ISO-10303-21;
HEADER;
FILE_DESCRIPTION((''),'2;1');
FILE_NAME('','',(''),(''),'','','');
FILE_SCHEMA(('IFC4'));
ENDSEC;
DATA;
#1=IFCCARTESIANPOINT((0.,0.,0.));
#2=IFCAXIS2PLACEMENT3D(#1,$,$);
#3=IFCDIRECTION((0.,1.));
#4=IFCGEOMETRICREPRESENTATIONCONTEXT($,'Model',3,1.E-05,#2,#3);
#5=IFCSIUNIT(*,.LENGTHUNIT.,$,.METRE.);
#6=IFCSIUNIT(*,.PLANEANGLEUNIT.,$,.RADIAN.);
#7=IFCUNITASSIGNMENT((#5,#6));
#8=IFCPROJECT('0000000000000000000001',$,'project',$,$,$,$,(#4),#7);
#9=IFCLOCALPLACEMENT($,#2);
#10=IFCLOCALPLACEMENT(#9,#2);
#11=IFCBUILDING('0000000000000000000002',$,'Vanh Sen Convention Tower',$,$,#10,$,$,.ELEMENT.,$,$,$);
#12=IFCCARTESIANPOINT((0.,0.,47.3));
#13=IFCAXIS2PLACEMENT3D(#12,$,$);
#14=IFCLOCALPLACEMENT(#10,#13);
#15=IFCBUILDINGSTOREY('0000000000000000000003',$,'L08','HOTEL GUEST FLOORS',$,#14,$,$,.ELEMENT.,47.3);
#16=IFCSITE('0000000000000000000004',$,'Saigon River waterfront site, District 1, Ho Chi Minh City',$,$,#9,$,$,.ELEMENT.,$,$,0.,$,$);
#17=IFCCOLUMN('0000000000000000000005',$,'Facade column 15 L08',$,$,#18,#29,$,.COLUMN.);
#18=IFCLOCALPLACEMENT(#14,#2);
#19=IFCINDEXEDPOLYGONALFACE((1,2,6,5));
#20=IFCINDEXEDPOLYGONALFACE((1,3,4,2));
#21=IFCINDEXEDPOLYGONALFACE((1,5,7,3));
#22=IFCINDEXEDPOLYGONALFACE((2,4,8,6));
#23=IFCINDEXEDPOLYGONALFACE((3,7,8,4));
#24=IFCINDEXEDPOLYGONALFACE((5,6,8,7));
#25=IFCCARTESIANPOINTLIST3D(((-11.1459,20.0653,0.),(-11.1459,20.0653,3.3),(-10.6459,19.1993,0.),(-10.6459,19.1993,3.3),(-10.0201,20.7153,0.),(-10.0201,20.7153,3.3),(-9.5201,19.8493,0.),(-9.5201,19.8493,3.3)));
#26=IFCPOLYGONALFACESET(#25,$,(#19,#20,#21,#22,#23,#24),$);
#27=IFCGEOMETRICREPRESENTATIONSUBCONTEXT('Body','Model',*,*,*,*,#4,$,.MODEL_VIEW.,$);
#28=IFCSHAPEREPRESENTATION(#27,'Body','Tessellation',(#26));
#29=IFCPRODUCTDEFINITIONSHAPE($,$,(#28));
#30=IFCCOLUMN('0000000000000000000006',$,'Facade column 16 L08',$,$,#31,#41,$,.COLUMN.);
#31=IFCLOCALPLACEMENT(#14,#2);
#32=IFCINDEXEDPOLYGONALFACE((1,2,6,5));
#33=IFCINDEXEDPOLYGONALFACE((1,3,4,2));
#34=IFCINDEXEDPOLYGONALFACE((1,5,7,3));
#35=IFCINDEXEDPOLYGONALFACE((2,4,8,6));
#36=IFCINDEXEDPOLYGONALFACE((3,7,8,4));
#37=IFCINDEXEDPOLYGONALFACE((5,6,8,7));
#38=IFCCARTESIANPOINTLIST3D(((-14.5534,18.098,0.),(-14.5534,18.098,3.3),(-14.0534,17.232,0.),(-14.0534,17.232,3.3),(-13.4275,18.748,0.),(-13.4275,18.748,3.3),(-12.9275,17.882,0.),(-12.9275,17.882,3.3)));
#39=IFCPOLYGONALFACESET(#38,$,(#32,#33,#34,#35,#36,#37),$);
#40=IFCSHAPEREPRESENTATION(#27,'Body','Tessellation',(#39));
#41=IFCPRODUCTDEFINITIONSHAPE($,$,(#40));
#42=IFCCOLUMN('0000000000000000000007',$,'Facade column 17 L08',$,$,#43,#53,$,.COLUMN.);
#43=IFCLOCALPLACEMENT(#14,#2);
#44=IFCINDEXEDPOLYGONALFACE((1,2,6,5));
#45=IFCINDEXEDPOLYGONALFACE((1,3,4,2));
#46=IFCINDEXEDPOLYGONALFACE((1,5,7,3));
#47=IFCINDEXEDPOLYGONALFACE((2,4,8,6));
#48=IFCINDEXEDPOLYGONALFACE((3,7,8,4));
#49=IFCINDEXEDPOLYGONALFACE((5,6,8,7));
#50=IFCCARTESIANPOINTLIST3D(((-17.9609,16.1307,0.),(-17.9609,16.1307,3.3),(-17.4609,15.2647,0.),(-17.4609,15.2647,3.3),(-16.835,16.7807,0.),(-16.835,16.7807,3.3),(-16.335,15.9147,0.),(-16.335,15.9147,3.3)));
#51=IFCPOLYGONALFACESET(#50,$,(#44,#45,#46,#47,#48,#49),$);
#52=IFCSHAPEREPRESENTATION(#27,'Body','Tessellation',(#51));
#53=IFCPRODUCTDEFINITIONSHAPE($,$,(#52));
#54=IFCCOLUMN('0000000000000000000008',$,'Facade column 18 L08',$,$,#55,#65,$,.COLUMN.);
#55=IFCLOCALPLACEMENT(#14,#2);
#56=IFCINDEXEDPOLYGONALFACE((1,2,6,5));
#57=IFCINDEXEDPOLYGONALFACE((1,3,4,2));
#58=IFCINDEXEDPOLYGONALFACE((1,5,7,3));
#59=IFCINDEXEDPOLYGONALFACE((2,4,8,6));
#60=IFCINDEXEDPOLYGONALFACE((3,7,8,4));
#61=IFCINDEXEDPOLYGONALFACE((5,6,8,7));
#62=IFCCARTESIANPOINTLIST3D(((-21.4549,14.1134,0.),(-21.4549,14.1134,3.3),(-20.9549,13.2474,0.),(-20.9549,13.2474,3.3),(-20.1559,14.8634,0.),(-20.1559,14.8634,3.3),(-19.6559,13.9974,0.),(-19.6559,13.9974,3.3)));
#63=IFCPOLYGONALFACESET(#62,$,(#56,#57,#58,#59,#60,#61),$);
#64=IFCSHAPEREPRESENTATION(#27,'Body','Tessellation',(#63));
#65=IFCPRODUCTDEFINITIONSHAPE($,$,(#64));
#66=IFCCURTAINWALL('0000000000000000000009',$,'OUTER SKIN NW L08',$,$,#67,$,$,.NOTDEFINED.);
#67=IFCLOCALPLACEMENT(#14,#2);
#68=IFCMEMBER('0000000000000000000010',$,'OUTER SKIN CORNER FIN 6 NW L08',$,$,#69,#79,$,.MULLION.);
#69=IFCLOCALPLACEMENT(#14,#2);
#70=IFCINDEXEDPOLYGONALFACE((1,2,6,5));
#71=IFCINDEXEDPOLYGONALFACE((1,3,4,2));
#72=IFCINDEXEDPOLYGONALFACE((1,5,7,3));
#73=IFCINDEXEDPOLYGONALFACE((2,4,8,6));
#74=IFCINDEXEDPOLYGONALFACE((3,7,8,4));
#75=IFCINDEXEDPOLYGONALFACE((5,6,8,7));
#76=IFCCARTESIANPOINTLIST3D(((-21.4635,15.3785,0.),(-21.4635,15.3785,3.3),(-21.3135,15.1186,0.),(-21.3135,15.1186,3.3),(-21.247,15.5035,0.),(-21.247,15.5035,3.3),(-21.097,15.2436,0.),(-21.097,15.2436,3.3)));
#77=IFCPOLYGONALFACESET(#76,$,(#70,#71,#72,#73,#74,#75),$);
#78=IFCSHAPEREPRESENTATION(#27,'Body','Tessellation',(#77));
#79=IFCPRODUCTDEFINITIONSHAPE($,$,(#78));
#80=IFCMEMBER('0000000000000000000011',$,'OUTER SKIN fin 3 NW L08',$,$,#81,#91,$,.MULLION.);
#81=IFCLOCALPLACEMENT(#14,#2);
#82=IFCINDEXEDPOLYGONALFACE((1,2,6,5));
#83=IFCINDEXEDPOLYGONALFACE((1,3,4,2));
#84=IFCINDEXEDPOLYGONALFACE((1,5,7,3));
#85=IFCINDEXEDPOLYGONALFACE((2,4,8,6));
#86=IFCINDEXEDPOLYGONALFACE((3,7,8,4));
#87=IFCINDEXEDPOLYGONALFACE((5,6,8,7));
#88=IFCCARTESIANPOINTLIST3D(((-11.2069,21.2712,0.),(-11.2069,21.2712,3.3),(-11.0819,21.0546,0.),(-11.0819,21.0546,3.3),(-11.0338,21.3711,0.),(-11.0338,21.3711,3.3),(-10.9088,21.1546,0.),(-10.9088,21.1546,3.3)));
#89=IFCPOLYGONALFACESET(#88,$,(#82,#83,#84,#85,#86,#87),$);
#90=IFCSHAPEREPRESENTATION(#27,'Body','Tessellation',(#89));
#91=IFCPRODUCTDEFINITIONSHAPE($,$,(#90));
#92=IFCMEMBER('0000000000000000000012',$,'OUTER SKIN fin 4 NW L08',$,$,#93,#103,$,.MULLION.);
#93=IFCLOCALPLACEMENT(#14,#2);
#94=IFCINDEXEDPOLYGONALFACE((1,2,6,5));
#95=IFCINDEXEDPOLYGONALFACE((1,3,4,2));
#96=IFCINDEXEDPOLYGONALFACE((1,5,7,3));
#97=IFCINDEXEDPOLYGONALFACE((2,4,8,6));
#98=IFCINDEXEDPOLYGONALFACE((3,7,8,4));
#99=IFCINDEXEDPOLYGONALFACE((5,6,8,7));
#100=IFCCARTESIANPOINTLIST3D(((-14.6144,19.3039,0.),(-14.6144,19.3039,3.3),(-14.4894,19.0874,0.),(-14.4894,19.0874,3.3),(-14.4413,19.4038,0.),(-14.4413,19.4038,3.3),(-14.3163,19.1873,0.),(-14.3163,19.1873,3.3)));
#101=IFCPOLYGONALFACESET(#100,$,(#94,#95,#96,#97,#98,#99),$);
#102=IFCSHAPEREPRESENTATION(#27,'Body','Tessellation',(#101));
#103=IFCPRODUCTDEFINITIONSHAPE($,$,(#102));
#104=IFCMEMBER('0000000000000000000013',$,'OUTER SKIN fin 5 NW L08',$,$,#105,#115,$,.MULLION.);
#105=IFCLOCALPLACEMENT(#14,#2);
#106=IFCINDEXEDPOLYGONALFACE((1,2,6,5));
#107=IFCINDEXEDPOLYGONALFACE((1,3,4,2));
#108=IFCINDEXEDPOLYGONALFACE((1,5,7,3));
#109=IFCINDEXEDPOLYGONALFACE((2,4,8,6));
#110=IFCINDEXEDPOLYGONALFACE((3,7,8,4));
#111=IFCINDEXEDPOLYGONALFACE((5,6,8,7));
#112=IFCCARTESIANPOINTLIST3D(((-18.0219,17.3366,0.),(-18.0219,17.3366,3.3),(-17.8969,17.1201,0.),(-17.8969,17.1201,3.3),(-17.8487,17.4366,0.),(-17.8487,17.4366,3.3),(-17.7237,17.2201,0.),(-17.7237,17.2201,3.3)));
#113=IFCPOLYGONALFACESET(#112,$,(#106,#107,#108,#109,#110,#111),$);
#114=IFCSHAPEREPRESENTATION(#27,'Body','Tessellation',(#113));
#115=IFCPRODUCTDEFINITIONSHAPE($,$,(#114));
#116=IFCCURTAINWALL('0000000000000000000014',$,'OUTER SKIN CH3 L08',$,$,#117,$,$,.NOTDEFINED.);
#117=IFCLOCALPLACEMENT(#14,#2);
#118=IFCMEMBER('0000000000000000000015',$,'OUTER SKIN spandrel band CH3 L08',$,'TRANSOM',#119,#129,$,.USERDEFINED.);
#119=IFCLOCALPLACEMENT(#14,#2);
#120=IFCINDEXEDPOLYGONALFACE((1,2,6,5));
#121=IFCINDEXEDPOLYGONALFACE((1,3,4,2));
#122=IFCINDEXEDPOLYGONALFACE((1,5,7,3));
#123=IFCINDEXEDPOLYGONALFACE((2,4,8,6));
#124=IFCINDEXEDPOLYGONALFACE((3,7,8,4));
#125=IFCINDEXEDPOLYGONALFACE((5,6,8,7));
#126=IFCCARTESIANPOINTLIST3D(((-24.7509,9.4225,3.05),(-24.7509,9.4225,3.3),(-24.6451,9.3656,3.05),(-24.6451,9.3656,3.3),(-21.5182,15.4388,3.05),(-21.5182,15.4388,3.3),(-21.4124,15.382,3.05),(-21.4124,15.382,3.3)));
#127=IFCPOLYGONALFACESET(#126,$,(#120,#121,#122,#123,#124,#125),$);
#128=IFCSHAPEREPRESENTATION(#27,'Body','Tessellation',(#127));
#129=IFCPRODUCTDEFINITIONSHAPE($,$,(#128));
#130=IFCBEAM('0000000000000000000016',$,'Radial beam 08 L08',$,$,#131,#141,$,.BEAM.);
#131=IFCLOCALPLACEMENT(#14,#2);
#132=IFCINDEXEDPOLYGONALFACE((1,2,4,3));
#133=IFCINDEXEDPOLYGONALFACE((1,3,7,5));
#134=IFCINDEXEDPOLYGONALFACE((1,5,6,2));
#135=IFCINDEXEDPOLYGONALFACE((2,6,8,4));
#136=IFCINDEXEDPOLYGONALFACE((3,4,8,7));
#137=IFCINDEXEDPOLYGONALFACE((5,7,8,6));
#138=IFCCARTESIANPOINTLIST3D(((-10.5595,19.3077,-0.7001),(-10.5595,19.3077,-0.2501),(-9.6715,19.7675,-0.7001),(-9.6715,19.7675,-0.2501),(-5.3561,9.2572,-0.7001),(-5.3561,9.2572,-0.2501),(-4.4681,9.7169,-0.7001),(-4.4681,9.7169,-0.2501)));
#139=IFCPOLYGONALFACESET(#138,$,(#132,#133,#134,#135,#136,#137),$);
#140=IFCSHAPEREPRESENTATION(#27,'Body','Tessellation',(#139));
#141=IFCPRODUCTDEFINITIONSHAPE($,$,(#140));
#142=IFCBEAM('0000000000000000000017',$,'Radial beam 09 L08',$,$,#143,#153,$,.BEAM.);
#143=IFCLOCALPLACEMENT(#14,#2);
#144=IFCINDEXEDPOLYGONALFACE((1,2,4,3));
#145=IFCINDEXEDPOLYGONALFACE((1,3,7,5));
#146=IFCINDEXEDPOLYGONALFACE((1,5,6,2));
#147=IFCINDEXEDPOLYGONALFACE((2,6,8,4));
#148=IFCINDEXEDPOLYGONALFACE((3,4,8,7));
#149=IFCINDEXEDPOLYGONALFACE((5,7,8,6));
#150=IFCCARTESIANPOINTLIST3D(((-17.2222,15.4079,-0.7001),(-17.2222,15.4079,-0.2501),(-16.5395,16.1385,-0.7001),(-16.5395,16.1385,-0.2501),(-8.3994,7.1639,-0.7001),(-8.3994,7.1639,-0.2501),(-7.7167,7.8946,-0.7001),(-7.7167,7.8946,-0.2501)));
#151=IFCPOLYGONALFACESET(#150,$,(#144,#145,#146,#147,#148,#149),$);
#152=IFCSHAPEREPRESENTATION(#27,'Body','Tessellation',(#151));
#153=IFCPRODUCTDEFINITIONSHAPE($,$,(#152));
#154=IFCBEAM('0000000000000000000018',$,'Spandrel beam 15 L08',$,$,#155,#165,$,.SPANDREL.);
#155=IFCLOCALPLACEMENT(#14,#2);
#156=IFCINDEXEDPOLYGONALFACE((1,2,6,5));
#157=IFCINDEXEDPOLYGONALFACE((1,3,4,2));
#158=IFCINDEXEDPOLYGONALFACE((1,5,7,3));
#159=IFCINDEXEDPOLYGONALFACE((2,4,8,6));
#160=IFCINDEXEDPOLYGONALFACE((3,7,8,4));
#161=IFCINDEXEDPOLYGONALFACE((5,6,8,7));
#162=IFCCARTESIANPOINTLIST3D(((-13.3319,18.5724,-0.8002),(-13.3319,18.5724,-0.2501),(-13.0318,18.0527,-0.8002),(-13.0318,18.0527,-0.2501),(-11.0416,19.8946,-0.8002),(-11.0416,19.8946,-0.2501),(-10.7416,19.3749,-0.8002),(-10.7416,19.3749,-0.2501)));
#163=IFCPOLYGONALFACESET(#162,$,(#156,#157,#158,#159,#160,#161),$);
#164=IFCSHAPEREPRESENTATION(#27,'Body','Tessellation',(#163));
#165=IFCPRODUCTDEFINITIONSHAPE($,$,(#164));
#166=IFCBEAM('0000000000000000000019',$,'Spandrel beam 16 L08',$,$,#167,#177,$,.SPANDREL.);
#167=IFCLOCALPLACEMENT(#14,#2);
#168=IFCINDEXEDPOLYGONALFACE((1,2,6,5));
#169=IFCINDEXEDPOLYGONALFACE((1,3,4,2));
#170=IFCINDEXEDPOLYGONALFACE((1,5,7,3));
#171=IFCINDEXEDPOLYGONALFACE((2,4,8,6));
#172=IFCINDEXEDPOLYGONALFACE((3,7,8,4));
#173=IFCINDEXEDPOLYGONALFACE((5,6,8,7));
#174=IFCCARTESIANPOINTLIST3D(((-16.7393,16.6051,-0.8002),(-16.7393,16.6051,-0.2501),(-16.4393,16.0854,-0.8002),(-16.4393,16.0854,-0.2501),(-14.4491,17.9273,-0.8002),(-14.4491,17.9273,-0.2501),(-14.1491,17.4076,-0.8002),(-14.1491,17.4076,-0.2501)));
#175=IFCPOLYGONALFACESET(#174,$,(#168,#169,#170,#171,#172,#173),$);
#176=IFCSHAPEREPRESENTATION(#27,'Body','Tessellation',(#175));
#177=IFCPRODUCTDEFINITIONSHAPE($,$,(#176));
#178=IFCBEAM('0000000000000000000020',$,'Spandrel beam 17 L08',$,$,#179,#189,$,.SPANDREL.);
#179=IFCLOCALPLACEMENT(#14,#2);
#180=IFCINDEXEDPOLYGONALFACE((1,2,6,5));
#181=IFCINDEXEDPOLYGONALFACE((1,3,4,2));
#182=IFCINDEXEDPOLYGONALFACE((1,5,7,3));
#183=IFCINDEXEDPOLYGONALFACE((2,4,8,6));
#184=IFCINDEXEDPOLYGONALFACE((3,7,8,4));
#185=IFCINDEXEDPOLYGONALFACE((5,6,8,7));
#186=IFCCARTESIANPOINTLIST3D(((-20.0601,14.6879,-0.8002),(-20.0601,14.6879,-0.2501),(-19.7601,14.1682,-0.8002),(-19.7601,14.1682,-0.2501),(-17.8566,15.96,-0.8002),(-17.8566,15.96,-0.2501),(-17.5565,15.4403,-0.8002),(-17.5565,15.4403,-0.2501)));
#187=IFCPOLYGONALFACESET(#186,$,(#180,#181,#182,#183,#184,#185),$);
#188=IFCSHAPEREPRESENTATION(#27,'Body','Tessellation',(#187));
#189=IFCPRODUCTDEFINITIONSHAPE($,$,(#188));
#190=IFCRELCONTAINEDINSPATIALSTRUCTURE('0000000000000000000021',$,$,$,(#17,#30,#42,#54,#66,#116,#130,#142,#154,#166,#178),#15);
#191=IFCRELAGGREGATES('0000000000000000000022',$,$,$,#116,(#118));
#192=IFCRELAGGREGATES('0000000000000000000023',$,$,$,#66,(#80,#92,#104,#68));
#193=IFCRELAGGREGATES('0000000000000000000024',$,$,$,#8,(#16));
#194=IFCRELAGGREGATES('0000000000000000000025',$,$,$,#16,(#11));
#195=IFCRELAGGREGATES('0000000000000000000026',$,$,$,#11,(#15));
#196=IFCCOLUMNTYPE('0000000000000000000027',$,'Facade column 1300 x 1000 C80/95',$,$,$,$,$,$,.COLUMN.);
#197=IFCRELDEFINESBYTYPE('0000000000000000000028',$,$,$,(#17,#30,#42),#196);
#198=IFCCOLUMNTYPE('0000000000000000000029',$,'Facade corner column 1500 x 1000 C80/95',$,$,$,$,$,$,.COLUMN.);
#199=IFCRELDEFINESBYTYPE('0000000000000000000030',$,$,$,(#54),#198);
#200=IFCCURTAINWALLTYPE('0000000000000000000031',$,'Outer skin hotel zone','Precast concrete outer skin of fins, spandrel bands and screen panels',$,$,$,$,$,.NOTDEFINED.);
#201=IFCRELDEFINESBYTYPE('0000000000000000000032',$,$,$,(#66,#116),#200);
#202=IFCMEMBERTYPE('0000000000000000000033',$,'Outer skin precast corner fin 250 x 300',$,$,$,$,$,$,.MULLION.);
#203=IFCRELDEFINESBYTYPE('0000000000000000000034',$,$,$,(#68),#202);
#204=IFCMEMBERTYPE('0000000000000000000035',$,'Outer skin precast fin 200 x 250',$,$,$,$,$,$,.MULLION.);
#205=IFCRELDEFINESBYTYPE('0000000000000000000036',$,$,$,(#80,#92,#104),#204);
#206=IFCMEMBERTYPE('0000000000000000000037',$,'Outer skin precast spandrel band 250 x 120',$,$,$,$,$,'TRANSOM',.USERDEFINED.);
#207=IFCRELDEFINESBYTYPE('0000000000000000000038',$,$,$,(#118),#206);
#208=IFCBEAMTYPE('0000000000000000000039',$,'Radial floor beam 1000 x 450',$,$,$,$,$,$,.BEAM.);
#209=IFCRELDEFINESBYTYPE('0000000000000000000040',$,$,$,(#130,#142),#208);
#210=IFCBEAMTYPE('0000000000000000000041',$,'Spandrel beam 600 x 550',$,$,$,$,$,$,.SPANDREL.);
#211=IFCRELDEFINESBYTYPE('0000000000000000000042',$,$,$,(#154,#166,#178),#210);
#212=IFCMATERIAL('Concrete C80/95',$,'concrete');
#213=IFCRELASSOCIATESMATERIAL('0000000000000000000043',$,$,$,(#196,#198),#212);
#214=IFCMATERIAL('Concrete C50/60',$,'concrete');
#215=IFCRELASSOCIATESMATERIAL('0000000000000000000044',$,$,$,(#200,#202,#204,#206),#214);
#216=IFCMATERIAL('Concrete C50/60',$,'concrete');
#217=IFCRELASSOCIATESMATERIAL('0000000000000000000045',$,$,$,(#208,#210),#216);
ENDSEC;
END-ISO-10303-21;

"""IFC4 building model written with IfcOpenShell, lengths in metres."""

from ifc_helpers import new_model, si_unit, direction, frame, origin, origin_2d, place, context, subcontext, project, spatial, rectangle, extrude, material, material_profile, profile_set, type_object, element, aggregate, save


model = new_model("IFC4")

# Units and contexts
model_context = context("Model", 3, precision=1e-05, world=origin(), true_north=direction((0.0, 1.0)))
body_context = subcontext(model_context, "Body", "Model", "MODEL_VIEW")
ifc_project = project(units=[si_unit("LENGTHUNIT", "METRE"), si_unit("PLANEANGLEUNIT", "RADIAN")], contexts=[model_context])

# Site, building, storey
site_placement = place(None, origin())
site = spatial("IfcSite", under=ifc_project, at=site_placement, Name="Saigon River waterfront site, District 1, Ho Chi Minh City", CompositionType="ELEMENT", RefElevation=0.0)
building_placement = place(site_placement, origin())
building = spatial("IfcBuilding", under=site, at=building_placement, Name="Vanh Sen Convention Tower", CompositionType="ELEMENT")
storey_placement = place(building_placement, frame((0.0, 0.0, 47.3)))
storey = spatial("IfcBuildingStorey", under=building, at=storey_placement, Name="L08", Description="HOTEL GUEST FLOORS", CompositionType="ELEMENT", Elevation=47.3)

# Columns
ifc_material_1 = material(Name="Concrete C80/95", Category="concrete")
ifc_material_profile_1 = material_profile(ifc_material_1, rectangle(XDim=1.3, YDim=1.0, at=origin_2d()), Name="RC 1300X1000")
ifc_profile_set_1 = profile_set([ifc_material_profile_1], Name="Concrete C80/95")
column_type_1 = type_object("IfcColumnType", Name="Facade column 1300 x 1000 C80/95", PredefinedType="COLUMN", material=ifc_profile_set_1)
for number, where, z_axis, x_axis, name in (
    (1, (-10.333, 19.9573, 0.0), (0.0, 0.0, 1.0), (-0.866025, -0.5, 0.0), "Facade column 15 L08"),
    (2, (-13.7405, 17.99, 0.0), (0.0, 0.0, 1.0), (-0.866025, -0.5, 0.0), "Facade column 16 L08"),
    (3, (-17.1479, 16.0227, 0.0), (0.0, 0.0, 1.0), (-0.866025, -0.5, 0.0), "Facade column 17 L08"),
):
    element("IfcColumn", number, at=place(storey_placement, frame(where, z_axis=z_axis, x_axis=x_axis)), inside=storey, type_object=column_type_1, Name=name, PredefinedType="COLUMN", context=body_context, shape_type="SweptSolid", body=[
        extrude(rectangle(XDim=1.3, YDim=1.0, at=origin_2d()), origin(), (0.0, 0.0, 1.0), 3.3),
    ])
ifc_material_profile_2 = material_profile(ifc_material_1, rectangle(XDim=1.5, YDim=1.0, at=origin_2d()), Name="RC 1500X1000")
ifc_profile_set_2 = profile_set([ifc_material_profile_2], Name="Concrete C80/95")
column_type_2 = type_object("IfcColumnType", Name="Facade corner column 1500 x 1000 C80/95", PredefinedType="COLUMN", material=ifc_profile_set_2)
column_placement = place(storey_placement, frame((-20.5554, 14.0554, 0.0), z_axis=(0.0, 0.0, 1.0), x_axis=(-0.866025, -0.5, 0.0)))
element("IfcColumn", 4, at=column_placement, inside=storey, type_object=column_type_2, Name="Facade column 18 L08", PredefinedType="COLUMN", context=body_context, shape_type="SweptSolid", body=[
    extrude(rectangle(XDim=1.5, YDim=1.0, at=origin_2d()), origin(), (0.0, 0.0, 1.0), 3.3),
])

# Curtain wall, members
ifc_material_2 = material(Name="Concrete C50/60", Category="concrete")
curtain_wall_type = type_object("IfcCurtainWallType", Name="Outer skin hotel zone", Description="Precast concrete outer skin of fins, spandrel bands and screen panels", PredefinedType="NOTDEFINED", material=ifc_material_2)
curtain_wall_1_placement = place(storey_placement, origin())
curtain_wall_1 = element("IfcCurtainWall", 5, at=curtain_wall_1_placement, inside=storey, type_object=curtain_wall_type, Name="OUTER SKIN NW L08", PredefinedType="NOTDEFINED")
ifc_material_profile_3 = material_profile(ifc_material_2, rectangle(XDim=0.25, YDim=0.3, at=origin_2d()), Name="Outer skin precast corner fin 250 x 300")
ifc_profile_set_3 = profile_set([ifc_material_profile_3], Name="Concrete C50/60")
member_type_1 = type_object("IfcMemberType", Name="Outer skin precast corner fin 250 x 300", PredefinedType="MULLION", material=ifc_profile_set_3)
member_1_placement = place(storey_placement, frame((-21.2803, 15.311, 0.0), z_axis=(0.0, 0.0, 1.0), x_axis=(-0.866025, -0.5, 0.0)))
member_1 = element("IfcMember", 6, at=member_1_placement, type_object=member_type_1, Name="OUTER SKIN CORNER FIN 6 NW L08", PredefinedType="MULLION", context=body_context, shape_type="SweptSolid", body=[
    extrude(rectangle(XDim=0.25, YDim=0.3, at=origin_2d()), origin(), (0.0, 0.0, 1.0), 3.3),
])
ifc_material_profile_4 = material_profile(ifc_material_2, rectangle(XDim=0.2, YDim=0.25, at=origin_2d()), Name="Outer skin precast fin 200 x 250")
ifc_profile_set_4 = profile_set([ifc_material_profile_4], Name="Concrete C50/60")
member_type_2 = type_object("IfcMemberType", Name="Outer skin precast fin 200 x 250", PredefinedType="MULLION", material=ifc_profile_set_4)
member_2_placement = place(storey_placement, frame((-11.0579, 21.2129, 0.0), z_axis=(0.0, 0.0, 1.0), x_axis=(-0.866025, -0.5, 0.0)))
member_2 = element("IfcMember", 7, at=member_2_placement, type_object=member_type_2, Name="OUTER SKIN fin 3 NW L08", PredefinedType="MULLION", context=body_context, shape_type="SweptSolid", body=[
    extrude(rectangle(XDim=0.2, YDim=0.25, at=origin_2d()), origin(), (0.0, 0.0, 1.0), 3.3),
])
member_3_placement = place(storey_placement, frame((-14.4653, 19.2456, 0.0), z_axis=(0.0, 0.0, 1.0), x_axis=(-0.866025, -0.5, 0.0)))
member_3 = element("IfcMember", 8, at=member_3_placement, type_object=member_type_2, Name="OUTER SKIN fin 4 NW L08", PredefinedType="MULLION", context=body_context, shape_type="SweptSolid", body=[
    extrude(rectangle(XDim=0.2, YDim=0.25, at=origin_2d()), origin(), (0.0, 0.0, 1.0), 3.3),
])
member_4_placement = place(storey_placement, frame((-17.8728, 17.2783, 0.0), z_axis=(0.0, 0.0, 1.0), x_axis=(-0.866025, -0.5, 0.0)))
member_4 = element("IfcMember", 9, at=member_4_placement, type_object=member_type_2, Name="OUTER SKIN fin 5 NW L08", PredefinedType="MULLION", context=body_context, shape_type="SweptSolid", body=[
    extrude(rectangle(XDim=0.2, YDim=0.25, at=origin_2d()), origin(), (0.0, 0.0, 1.0), 3.3),
])

# Curtain wall, member
curtain_wall_2_placement = place(storey_placement, origin())
curtain_wall_2 = element("IfcCurtainWall", 10, at=curtain_wall_2_placement, inside=storey, type_object=curtain_wall_type, Name="OUTER SKIN CH3 L08", PredefinedType="NOTDEFINED")
ifc_material_profile_5 = material_profile(ifc_material_2, rectangle(XDim=0.1201, YDim=0.25, at=origin_2d()), Name="Outer skin precast spandrel band 250 x 120")
ifc_profile_set_5 = profile_set([ifc_material_profile_5], Name="Concrete C50/60")
member_type_3 = type_object("IfcMemberType", Name="Outer skin precast spandrel band 250 x 120", ElementType="TRANSOM", PredefinedType="USERDEFINED", material=ifc_profile_set_5)
member_5_placement = place(storey_placement, frame((-21.4653, 15.4104, 3.175), z_axis=(-0.473315, -0.880893, 0.0), x_axis=(0.880893, -0.473315, 0.0)))
member_5 = element("IfcMember", 11, at=member_5_placement, type_object=member_type_3, Name="OUTER SKIN spandrel band CH3 L08", ObjectType="TRANSOM", PredefinedType="USERDEFINED", context=body_context, shape_type="SweptSolid", body=[
    extrude(rectangle(XDim=0.1201, YDim=0.25, at=origin_2d()), origin(), (0.0, 0.0, 1.0), 6.8298),
])
aggregate(curtain_wall_2, [member_5])

# Beams
ifc_material_3 = material(Name="Concrete C50/60", Category="concrete")
ifc_material_profile_6 = material_profile(ifc_material_3, rectangle(XDim=1.0, YDim=0.45, at=origin_2d()), Name="RC 1000X450")
ifc_profile_set_6 = profile_set([ifc_material_profile_6], Name="Concrete C50/60")
beam_type_1 = type_object("IfcBeamType", Name="Radial floor beam 1000 x 450", PredefinedType="BEAM", material=ifc_profile_set_6)
beam_1_placement = place(storey_placement, frame((-10.1155, 19.5376, -0.4751), z_axis=(0.459759, -0.888044, 0.0), x_axis=(0.888044, 0.459759, 0.0)))
element("IfcBeam", 12, at=beam_1_placement, inside=storey, type_object=beam_type_1, Name="Radial beam 08 L08", PredefinedType="BEAM", context=body_context, shape_type="SweptSolid", body=[
    extrude(rectangle(XDim=1.0, YDim=0.45, at=origin_2d()), origin(), (0.0, 0.0, 1.0), 11.3176),
])
beam_2_placement = place(storey_placement, frame((-16.8809, 15.7732, -0.4751), z_axis=(0.73067, -0.682731, 0.0), x_axis=(0.682731, 0.73067, 0.0)))
element("IfcBeam", 13, at=beam_2_placement, inside=storey, type_object=beam_type_1, Name="Radial beam 09 L08", PredefinedType="BEAM", context=body_context, shape_type="SweptSolid", body=[
    extrude(rectangle(XDim=1.0, YDim=0.45, at=origin_2d()), origin(), (0.0, 0.0, 1.0), 12.075),
])
ifc_material_profile_7 = material_profile(ifc_material_3, rectangle(XDim=0.6001, YDim=0.55, at=origin_2d()), Name="RC 600X550")
ifc_profile_set_7 = profile_set([ifc_material_profile_7], Name="Concrete C50/60")
beam_type_2 = type_object("IfcBeamType", Name="Spandrel beam 600 x 550", PredefinedType="SPANDREL", material=ifc_profile_set_7)
for number, where, z_axis, x_axis, name in (
    (14, (-10.8916, 19.6348, -0.5251), (-0.86603, -0.499991, 0.0), (0.499991, -0.86603, 0.0), "Spandrel beam 15 L08"),
    (15, (-14.2991, 17.6675, -0.5251), (-0.86603, -0.499991, 0.0), (0.499991, -0.86603, 0.0), "Spandrel beam 16 L08"),
):
    element("IfcBeam", number, at=place(storey_placement, frame(where, z_axis=z_axis, x_axis=x_axis)), inside=storey, type_object=beam_type_2, Name=name, PredefinedType="SPANDREL", context=body_context, shape_type="SweptSolid", body=[
        extrude(rectangle(XDim=0.6001, YDim=0.55, at=origin_2d()), origin(), (0.0, 0.0, 1.0), 2.6445),
    ])
beam_3_placement = place(storey_placement, frame((-17.7065, 15.7002, -0.5251), z_axis=(-0.866032, -0.499988, 0.0), x_axis=(0.499988, -0.866032, 0.0)))
element("IfcBeam", 16, at=beam_3_placement, inside=storey, type_object=beam_type_2, Name="Spandrel beam 17 L08", PredefinedType="SPANDREL", context=body_context, shape_type="SweptSolid", body=[
    extrude(rectangle(XDim=0.6001, YDim=0.55, at=origin_2d()), origin(), (0.0, 0.0, 1.0), 2.5444),
])

aggregate(curtain_wall_1, [member_2, member_3, member_4, member_1])

save(model, "model.ifc")
